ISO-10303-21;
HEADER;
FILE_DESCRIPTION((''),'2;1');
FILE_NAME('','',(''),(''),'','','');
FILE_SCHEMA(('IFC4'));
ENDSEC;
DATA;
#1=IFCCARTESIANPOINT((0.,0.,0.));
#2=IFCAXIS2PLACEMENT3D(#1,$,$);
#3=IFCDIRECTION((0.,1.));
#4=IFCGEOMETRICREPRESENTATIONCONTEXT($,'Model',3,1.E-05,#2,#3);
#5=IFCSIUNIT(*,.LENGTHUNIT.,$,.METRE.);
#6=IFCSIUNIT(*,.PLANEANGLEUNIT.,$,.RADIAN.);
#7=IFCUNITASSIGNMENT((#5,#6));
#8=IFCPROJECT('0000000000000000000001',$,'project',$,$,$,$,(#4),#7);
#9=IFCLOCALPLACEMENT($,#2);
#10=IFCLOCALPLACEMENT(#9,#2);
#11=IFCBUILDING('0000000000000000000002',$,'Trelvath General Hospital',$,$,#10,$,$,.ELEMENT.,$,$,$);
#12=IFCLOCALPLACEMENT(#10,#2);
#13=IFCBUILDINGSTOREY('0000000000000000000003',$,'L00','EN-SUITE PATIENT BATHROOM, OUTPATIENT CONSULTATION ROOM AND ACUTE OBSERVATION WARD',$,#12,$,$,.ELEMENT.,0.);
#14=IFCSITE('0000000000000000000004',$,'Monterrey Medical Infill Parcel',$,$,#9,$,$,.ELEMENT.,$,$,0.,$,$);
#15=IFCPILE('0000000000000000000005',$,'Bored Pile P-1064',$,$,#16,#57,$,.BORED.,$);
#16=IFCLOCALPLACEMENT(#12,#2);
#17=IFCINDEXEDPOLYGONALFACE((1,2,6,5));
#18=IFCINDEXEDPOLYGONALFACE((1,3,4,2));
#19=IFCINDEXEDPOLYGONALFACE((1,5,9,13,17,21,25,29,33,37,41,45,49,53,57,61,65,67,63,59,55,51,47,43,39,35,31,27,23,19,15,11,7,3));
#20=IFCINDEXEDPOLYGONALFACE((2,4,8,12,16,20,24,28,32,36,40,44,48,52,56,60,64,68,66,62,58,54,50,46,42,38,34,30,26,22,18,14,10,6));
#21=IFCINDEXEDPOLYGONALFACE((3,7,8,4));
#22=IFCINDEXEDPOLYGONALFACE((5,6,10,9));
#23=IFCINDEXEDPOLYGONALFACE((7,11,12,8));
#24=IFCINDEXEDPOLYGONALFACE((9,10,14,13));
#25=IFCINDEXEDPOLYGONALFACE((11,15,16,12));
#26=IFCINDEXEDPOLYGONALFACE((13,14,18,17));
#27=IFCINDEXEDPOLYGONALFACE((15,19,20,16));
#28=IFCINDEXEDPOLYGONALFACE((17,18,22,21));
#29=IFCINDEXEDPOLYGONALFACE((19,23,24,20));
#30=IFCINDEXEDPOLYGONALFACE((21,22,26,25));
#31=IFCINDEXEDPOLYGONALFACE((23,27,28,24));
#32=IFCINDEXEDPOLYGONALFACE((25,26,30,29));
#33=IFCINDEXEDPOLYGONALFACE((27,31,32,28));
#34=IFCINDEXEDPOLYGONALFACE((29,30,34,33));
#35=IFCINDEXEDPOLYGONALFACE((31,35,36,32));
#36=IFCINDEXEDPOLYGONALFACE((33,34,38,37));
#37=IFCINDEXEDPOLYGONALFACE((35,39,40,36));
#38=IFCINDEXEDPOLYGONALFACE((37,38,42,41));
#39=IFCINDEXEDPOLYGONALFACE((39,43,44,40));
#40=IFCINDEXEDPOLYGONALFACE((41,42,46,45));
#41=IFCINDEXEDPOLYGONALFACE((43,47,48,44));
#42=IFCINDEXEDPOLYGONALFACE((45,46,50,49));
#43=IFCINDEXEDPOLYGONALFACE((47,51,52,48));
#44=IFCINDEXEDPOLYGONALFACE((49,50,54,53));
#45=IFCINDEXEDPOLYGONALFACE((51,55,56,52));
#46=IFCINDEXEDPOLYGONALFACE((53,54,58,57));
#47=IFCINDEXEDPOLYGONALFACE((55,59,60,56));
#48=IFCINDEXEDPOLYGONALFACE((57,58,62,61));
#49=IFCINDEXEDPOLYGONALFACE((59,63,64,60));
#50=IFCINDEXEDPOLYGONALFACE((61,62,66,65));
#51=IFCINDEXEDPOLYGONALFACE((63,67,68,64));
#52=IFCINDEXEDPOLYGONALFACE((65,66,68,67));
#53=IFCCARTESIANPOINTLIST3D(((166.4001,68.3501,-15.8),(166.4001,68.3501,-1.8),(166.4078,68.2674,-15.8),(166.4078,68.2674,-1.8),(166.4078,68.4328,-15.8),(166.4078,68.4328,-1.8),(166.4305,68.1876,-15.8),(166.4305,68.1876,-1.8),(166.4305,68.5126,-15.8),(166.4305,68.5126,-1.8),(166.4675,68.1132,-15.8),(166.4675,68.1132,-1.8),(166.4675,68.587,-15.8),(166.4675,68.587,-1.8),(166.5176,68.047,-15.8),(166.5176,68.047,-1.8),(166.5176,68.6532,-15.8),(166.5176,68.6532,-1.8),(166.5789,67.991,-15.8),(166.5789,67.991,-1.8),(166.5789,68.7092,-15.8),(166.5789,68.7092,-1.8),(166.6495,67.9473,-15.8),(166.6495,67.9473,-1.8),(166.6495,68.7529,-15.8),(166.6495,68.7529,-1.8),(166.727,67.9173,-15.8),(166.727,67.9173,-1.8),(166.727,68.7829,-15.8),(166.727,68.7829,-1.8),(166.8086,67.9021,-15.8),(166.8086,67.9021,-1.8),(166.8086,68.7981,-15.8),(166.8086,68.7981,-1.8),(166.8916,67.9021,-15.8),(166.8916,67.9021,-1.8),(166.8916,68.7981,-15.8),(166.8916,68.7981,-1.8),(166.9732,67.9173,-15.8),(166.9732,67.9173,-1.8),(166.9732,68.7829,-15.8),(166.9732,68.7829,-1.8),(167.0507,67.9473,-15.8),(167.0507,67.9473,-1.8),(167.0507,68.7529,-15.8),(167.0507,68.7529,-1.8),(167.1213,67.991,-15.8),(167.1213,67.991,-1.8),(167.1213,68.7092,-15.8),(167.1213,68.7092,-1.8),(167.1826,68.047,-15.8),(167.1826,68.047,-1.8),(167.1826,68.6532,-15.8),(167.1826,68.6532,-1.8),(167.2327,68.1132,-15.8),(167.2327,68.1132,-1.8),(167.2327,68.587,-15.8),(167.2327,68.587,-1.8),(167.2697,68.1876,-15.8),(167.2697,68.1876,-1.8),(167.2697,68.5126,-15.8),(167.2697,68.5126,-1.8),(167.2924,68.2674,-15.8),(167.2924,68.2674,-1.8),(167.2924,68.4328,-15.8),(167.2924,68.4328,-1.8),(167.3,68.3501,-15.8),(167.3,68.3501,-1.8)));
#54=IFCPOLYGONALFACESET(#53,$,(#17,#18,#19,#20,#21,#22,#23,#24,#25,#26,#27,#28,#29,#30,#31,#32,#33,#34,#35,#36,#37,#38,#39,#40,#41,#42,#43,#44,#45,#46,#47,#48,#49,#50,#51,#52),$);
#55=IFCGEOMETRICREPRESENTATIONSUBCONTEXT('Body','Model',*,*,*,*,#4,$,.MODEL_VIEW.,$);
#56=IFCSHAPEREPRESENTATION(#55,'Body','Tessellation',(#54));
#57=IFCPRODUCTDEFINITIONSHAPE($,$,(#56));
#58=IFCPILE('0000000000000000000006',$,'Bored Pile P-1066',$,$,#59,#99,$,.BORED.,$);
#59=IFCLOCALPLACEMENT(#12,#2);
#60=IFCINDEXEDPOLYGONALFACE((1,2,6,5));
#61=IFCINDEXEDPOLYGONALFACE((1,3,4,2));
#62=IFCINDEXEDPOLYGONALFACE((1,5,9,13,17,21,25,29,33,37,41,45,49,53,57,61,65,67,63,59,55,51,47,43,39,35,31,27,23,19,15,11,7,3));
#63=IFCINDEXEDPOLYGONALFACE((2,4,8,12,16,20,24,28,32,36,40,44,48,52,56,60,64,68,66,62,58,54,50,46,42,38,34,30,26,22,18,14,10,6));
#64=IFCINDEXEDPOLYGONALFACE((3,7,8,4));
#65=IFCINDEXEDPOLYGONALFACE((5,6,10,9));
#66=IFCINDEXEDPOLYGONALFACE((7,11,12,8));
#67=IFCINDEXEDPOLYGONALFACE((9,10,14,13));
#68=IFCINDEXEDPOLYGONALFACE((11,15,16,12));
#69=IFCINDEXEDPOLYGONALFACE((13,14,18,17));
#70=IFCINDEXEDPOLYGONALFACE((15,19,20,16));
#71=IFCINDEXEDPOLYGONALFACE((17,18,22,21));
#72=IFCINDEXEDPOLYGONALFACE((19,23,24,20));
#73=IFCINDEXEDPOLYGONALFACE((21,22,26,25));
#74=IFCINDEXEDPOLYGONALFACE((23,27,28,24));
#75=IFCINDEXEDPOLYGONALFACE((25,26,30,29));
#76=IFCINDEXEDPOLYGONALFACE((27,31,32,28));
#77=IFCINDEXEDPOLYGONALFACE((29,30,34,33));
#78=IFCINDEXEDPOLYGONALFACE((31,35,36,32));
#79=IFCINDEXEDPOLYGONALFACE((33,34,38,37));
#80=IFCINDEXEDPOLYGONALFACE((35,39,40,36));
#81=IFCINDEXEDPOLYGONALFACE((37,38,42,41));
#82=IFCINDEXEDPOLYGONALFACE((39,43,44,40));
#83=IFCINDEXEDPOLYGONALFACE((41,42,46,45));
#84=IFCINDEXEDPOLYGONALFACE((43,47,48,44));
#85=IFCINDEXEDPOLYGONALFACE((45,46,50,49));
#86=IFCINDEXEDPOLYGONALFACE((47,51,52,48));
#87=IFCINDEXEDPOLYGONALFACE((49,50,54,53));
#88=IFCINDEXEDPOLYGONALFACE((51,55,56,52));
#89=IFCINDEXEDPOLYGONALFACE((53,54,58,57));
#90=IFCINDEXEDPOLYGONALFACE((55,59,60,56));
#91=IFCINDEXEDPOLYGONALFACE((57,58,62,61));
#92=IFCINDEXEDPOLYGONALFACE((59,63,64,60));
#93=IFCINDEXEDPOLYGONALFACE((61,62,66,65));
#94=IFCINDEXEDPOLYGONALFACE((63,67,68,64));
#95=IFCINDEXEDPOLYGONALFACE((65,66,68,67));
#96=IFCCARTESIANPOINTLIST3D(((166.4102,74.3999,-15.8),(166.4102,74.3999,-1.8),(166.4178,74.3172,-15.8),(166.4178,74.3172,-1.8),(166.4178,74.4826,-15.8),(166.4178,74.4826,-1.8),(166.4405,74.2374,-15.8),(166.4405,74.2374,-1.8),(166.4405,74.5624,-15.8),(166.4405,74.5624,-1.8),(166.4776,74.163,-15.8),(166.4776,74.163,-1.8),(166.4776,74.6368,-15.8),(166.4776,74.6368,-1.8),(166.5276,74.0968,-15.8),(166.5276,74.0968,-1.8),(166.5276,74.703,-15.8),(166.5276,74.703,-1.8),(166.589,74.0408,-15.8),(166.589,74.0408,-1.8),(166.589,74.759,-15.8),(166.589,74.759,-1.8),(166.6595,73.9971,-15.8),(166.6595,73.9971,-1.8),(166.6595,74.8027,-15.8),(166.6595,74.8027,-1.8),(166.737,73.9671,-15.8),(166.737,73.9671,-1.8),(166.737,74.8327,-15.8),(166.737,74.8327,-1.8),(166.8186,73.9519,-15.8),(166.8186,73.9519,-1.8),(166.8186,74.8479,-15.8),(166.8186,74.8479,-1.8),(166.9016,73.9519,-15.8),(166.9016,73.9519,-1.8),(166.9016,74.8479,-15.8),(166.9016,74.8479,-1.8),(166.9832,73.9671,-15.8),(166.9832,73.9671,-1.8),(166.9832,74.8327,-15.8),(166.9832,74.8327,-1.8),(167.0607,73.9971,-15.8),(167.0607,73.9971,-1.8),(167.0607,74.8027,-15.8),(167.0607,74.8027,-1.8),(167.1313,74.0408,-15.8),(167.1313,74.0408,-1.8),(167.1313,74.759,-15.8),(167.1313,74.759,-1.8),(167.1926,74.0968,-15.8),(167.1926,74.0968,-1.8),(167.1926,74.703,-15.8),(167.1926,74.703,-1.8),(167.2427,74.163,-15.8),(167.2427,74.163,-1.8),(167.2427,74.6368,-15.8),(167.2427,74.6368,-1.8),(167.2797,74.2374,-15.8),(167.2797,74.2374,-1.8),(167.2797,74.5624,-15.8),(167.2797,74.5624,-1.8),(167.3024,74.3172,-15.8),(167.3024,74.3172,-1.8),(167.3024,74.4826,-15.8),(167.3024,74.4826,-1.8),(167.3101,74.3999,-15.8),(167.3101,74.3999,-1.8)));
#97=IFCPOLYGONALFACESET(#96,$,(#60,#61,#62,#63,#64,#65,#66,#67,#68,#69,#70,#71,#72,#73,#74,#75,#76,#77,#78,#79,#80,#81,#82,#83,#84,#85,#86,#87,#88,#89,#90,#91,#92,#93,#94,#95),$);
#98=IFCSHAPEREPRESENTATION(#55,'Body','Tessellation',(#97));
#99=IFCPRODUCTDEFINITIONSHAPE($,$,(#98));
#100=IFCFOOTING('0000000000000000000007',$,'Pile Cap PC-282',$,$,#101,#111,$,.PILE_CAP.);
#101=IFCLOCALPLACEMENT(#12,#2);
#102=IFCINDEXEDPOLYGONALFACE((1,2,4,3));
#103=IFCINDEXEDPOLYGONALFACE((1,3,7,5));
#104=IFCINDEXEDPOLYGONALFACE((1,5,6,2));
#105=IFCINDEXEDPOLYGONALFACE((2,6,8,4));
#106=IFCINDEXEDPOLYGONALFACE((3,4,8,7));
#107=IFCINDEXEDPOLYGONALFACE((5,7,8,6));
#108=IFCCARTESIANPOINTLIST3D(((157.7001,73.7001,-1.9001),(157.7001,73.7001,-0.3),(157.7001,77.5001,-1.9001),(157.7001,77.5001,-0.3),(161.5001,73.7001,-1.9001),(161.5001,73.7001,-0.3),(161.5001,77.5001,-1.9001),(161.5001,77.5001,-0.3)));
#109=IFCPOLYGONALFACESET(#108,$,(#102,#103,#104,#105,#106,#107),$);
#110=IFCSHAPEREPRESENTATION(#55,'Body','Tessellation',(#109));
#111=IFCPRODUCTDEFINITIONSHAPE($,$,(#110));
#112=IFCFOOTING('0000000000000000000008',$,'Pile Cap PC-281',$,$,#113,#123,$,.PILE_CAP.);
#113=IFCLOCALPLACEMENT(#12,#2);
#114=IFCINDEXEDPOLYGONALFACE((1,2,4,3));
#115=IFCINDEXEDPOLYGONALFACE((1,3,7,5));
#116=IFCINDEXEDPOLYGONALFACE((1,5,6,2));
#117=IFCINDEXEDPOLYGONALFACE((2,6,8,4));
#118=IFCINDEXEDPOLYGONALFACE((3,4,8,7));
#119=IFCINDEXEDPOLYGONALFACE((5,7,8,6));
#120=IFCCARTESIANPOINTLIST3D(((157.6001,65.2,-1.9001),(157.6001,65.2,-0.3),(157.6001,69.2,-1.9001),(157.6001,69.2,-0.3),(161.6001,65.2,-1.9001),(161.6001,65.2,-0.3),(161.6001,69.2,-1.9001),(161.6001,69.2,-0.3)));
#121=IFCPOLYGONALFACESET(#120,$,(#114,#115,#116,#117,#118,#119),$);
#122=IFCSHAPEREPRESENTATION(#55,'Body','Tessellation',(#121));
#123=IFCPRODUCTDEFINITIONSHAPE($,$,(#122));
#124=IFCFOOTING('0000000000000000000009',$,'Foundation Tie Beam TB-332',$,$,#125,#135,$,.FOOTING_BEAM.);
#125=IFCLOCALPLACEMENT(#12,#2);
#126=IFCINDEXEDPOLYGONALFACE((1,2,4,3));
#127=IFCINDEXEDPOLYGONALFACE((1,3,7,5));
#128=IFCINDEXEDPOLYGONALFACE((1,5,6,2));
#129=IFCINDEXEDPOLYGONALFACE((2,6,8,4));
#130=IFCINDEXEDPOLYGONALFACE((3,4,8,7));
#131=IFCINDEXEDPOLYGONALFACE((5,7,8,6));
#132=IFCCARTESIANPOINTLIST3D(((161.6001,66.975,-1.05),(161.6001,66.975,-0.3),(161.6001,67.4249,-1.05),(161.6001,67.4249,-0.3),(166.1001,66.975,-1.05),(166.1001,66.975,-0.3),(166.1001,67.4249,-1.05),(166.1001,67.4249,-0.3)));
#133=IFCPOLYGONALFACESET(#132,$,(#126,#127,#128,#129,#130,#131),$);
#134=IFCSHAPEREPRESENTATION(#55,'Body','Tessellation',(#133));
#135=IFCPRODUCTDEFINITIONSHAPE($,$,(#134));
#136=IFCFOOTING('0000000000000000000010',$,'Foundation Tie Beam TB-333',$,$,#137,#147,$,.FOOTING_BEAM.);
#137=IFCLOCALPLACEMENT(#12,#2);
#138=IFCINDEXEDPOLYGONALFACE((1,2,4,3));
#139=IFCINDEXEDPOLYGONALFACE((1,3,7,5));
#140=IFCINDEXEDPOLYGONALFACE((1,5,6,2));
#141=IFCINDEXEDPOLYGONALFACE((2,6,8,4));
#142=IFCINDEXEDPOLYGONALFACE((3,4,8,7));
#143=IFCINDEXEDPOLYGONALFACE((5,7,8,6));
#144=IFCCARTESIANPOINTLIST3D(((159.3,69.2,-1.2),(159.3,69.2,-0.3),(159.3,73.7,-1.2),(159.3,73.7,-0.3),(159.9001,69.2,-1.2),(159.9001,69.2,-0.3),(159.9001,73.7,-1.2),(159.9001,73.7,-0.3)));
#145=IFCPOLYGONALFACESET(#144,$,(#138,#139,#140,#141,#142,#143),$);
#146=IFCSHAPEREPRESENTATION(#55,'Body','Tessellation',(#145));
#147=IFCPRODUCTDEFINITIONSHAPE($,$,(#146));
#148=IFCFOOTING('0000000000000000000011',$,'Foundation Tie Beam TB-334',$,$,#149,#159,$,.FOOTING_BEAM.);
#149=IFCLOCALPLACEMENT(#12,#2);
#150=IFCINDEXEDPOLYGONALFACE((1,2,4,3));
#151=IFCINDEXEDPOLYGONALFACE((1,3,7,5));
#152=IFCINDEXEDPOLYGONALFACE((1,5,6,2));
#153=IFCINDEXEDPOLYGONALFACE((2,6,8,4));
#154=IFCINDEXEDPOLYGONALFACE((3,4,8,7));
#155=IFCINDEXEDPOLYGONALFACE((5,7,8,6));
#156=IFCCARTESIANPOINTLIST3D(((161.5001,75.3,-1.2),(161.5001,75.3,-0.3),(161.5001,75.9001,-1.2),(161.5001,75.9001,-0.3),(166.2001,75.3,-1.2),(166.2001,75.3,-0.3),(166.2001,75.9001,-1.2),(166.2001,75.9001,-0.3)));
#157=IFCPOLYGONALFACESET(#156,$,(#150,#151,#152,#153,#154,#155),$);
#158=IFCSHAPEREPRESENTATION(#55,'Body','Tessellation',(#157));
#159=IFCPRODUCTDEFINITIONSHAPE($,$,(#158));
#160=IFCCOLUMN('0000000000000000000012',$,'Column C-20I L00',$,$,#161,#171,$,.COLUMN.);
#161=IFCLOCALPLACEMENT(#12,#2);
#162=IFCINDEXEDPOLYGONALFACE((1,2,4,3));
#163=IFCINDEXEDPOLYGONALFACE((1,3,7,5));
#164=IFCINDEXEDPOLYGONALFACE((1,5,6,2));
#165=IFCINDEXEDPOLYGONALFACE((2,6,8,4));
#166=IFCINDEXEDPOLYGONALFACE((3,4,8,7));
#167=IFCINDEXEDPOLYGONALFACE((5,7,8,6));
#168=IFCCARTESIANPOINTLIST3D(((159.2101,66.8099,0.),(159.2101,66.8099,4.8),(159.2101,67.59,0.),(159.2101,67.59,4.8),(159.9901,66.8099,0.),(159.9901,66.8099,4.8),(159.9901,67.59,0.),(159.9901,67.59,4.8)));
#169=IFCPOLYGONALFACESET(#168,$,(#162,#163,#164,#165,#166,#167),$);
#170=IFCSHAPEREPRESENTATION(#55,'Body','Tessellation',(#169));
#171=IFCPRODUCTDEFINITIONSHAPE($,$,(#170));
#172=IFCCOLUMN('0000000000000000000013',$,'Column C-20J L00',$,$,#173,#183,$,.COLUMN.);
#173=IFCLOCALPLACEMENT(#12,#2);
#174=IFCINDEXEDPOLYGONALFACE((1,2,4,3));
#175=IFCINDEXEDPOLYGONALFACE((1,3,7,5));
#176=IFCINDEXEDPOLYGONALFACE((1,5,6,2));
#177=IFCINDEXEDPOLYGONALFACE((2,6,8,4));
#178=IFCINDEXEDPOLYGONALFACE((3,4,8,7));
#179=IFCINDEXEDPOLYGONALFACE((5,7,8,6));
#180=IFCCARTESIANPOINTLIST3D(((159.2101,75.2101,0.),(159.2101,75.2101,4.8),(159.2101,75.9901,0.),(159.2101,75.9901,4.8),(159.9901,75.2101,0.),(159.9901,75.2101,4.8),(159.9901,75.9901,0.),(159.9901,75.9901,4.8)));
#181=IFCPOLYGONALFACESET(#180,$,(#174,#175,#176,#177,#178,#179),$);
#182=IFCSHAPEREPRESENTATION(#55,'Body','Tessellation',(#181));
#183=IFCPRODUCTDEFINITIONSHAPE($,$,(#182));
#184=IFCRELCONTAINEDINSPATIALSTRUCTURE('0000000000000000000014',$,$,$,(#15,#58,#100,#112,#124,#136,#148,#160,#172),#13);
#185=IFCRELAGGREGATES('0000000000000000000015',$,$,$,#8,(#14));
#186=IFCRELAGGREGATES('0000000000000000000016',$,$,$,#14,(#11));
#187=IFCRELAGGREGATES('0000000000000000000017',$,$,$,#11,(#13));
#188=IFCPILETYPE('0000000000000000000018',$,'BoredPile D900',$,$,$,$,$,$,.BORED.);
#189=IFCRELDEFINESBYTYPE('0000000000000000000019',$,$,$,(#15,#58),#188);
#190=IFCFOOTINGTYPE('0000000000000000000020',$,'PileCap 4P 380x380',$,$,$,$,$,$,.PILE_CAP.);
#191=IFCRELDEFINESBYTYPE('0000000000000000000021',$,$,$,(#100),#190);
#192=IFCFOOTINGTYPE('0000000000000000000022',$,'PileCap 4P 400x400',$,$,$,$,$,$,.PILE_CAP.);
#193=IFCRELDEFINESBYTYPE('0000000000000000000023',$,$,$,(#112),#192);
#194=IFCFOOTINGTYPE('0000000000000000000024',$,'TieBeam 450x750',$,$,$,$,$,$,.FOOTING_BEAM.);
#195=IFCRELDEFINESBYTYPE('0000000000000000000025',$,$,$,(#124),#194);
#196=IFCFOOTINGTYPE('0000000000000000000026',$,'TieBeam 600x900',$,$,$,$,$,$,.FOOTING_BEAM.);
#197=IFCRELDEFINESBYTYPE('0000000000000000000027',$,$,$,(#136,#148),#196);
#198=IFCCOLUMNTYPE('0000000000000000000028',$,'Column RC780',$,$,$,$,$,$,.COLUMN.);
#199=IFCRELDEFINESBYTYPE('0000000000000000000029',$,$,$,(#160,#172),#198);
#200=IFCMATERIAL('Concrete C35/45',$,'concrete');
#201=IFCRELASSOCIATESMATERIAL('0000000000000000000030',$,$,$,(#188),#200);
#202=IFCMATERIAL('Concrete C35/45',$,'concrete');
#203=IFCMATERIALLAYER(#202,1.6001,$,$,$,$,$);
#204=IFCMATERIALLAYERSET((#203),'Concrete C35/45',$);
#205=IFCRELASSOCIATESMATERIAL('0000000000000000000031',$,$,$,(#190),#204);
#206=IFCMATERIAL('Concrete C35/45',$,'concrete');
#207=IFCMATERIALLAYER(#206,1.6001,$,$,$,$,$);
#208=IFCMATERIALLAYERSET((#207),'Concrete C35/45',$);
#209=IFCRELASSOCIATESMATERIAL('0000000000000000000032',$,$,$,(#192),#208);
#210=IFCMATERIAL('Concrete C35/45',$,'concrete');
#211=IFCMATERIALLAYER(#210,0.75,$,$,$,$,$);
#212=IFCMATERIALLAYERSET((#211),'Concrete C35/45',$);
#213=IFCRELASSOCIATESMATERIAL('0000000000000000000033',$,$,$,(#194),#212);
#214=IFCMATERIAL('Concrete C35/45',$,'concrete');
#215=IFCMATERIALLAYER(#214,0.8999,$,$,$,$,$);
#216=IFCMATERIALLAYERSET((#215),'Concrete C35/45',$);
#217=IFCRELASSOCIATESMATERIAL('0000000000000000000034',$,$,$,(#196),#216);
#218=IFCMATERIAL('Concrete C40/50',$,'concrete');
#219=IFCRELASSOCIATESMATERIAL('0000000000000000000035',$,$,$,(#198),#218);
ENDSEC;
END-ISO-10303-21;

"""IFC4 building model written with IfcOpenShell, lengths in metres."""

from ifc_helpers import new_model, si_unit, direction, frame, origin, origin_2d, place, context, subcontext, project, spatial, rectangle, circle, extrude, material, layer, layer_set, material_profile, profile_set, type_object, element, save


model = new_model("IFC4")

# Units and contexts
model_context = context("Model", 3, precision=1e-05, world=origin(), true_north=direction((0.0, 1.0)))
body_context = subcontext(model_context, "Body", "Model", "MODEL_VIEW")
ifc_project = project(units=[si_unit("LENGTHUNIT", "METRE"), si_unit("PLANEANGLEUNIT", "RADIAN")], contexts=[model_context])

# Site, building, storey
site_placement = place(None, origin())
site = spatial("IfcSite", under=ifc_project, at=site_placement, Name="Monterrey Medical Infill Parcel", CompositionType="ELEMENT", RefElevation=0.0)
building_placement = place(site_placement, origin())
building = spatial("IfcBuilding", under=site, at=building_placement, Name="Trelvath General Hospital", CompositionType="ELEMENT")
storey_placement = place(building_placement, origin())
storey = spatial("IfcBuildingStorey", under=building, at=storey_placement, Name="L00", Description="EN-SUITE PATIENT BATHROOM, OUTPATIENT CONSULTATION ROOM AND ACUTE OBSERVATION WARD", CompositionType="ELEMENT", Elevation=0.0)

# Piles
ifc_material_1 = material(Name="Concrete C35/45", Category="concrete")
ifc_material_profile_1 = material_profile(ifc_material_1, circle(Radius=0.45, at=origin_2d()), Name="PILE900")
ifc_profile_set_1 = profile_set([ifc_material_profile_1], Name="Concrete C35/45")
pile_type_1 = type_object("IfcPileType", Name="BoredPile D900", PredefinedType="BORED", material=ifc_profile_set_1)
for number, where, z_axis, x_axis, name in (
    (1, (166.8501, 68.3501, -1.8), (0.0, 0.0, -1.0), (1.0, 0.0, 0.0), "Bored Pile P-1064"),
    (2, (166.8601, 74.3999, -1.8), (0.0, 0.0, -1.0), (1.0, 0.0, 0.0), "Bored Pile P-1066"),
):
    element("IfcPile", number, at=place(storey_placement, frame(where, z_axis=z_axis, x_axis=x_axis)), inside=storey, type_object=pile_type_1, Name=name, PredefinedType="BORED", context=body_context, shape_type="SweptSolid", body=[
        extrude(circle(Radius=0.45, at=origin_2d()), origin(), (0.0, 0.0, 1.0), 14.0),
    ])

# Footings
ifc_material_2 = material(Name="Concrete C35/45", Category="concrete")
ifc_layer_1 = layer(ifc_material_2, 1.6001)
ifc_layer_set_1 = layer_set([ifc_layer_1], Name="Concrete C35/45")
footing_type_1 = type_object("IfcFootingType", Name="PileCap 4P 380x380", PredefinedType="PILE_CAP", material=ifc_layer_set_1)
footing_1_placement = place(storey_placement, frame((159.6001, 75.6001, -1.9001), z_axis=(0.0, 0.0, 1.0), x_axis=(1.0, 0.0, 0.0)))
element("IfcFooting", 3, at=footing_1_placement, inside=storey, type_object=footing_type_1, Name="Pile Cap PC-282", PredefinedType="PILE_CAP", context=body_context, shape_type="SweptSolid", body=[
    extrude(rectangle(XDim=3.8, YDim=3.8, at=origin_2d()), origin(), (0.0, 0.0, 1.0), 1.6001),
])
ifc_material_3 = material(Name="Concrete C35/45", Category="concrete")
ifc_layer_2 = layer(ifc_material_3, 1.6001)
ifc_layer_set_2 = layer_set([ifc_layer_2], Name="Concrete C35/45")
footing_type_2 = type_object("IfcFootingType", Name="PileCap 4P 400x400", PredefinedType="PILE_CAP", material=ifc_layer_set_2)
footing_2_placement = place(storey_placement, frame((159.6001, 67.2, -1.9001), z_axis=(0.0, 0.0, 1.0), x_axis=(1.0, 0.0, 0.0)))
element("IfcFooting", 4, at=footing_2_placement, inside=storey, type_object=footing_type_2, Name="Pile Cap PC-281", PredefinedType="PILE_CAP", context=body_context, shape_type="SweptSolid", body=[
    extrude(rectangle(XDim=4.0, YDim=4.0, at=origin_2d()), origin(), (0.0, 0.0, 1.0), 1.6001),
])
ifc_material_4 = material(Name="Concrete C35/45", Category="concrete")
ifc_layer_3 = layer(ifc_material_4, 0.75)
ifc_layer_set_3 = layer_set([ifc_layer_3], Name="Concrete C35/45")
footing_type_3 = type_object("IfcFootingType", Name="TieBeam 450x750", PredefinedType="FOOTING_BEAM", material=ifc_layer_set_3)
footing_3_placement = place(storey_placement, frame((163.8501, 67.2, -1.05), z_axis=(0.0, 0.0, 1.0), x_axis=(1.0, 0.0, 0.0)))
element("IfcFooting", 5, at=footing_3_placement, inside=storey, type_object=footing_type_3, Name="Foundation Tie Beam TB-332", PredefinedType="FOOTING_BEAM", context=body_context, shape_type="SweptSolid", body=[
    extrude(rectangle(XDim=4.5, YDim=0.45, at=origin_2d()), origin(), (0.0, 0.0, 1.0), 0.75),
])
ifc_material_5 = material(Name="Concrete C35/45", Category="concrete")
ifc_layer_4 = layer(ifc_material_5, 0.8999)
ifc_layer_set_4 = layer_set([ifc_layer_4], Name="Concrete C35/45")
footing_type_4 = type_object("IfcFootingType", Name="TieBeam 600x900", PredefinedType="FOOTING_BEAM", material=ifc_layer_set_4)
footing_4_placement = place(storey_placement, frame((159.6001, 71.45, -1.2), z_axis=(0.0, 0.0, 1.0), x_axis=(1.0, 0.0, 0.0)))
element("IfcFooting", 6, at=footing_4_placement, inside=storey, type_object=footing_type_4, Name="Foundation Tie Beam TB-333", PredefinedType="FOOTING_BEAM", context=body_context, shape_type="SweptSolid", body=[
    extrude(rectangle(XDim=0.6001, YDim=4.5, at=origin_2d()), origin(), (0.0, 0.0, 1.0), 0.8999),
])
footing_5_placement = place(storey_placement, frame((163.8501, 75.6001, -1.2), z_axis=(0.0, 0.0, 1.0), x_axis=(1.0, 0.0, 0.0)))
element("IfcFooting", 7, at=footing_5_placement, inside=storey, type_object=footing_type_4, Name="Foundation Tie Beam TB-334", PredefinedType="FOOTING_BEAM", context=body_context, shape_type="SweptSolid", body=[
    extrude(rectangle(XDim=4.7, YDim=0.6001, at=origin_2d()), origin(), (0.0, 0.0, 1.0), 0.8999),
])

# Columns
ifc_material_6 = material(Name="Concrete C40/50", Category="concrete")
ifc_material_profile_2 = material_profile(ifc_material_6, rectangle(XDim=0.78, YDim=0.78, at=origin_2d()), Name="RC780x780")
ifc_profile_set_2 = profile_set([ifc_material_profile_2], Name="Concrete C40/50")
column_type = type_object("IfcColumnType", Name="Column RC780", PredefinedType="COLUMN", material=ifc_profile_set_2)
for number, where, z_axis, x_axis, name in (
    (8, (159.6001, 67.2, 0.0), (0.0, 0.0, 1.0), (1.0, 0.0, 0.0), "Column C-20I L00"),
    (9, (159.6001, 75.6001, 0.0), (0.0, 0.0, 1.0), (1.0, 0.0, 0.0), "Column C-20J L00"),
):
    element("IfcColumn", number, at=place(storey_placement, frame(where, z_axis=z_axis, x_axis=x_axis)), inside=storey, type_object=column_type, Name=name, PredefinedType="COLUMN", context=body_context, shape_type="SweptSolid", body=[
        extrude(rectangle(XDim=0.78, YDim=0.78, at=origin_2d()), origin(), (0.0, 0.0, 1.0), 4.8),
    ])

save(model, "model.ifc")
